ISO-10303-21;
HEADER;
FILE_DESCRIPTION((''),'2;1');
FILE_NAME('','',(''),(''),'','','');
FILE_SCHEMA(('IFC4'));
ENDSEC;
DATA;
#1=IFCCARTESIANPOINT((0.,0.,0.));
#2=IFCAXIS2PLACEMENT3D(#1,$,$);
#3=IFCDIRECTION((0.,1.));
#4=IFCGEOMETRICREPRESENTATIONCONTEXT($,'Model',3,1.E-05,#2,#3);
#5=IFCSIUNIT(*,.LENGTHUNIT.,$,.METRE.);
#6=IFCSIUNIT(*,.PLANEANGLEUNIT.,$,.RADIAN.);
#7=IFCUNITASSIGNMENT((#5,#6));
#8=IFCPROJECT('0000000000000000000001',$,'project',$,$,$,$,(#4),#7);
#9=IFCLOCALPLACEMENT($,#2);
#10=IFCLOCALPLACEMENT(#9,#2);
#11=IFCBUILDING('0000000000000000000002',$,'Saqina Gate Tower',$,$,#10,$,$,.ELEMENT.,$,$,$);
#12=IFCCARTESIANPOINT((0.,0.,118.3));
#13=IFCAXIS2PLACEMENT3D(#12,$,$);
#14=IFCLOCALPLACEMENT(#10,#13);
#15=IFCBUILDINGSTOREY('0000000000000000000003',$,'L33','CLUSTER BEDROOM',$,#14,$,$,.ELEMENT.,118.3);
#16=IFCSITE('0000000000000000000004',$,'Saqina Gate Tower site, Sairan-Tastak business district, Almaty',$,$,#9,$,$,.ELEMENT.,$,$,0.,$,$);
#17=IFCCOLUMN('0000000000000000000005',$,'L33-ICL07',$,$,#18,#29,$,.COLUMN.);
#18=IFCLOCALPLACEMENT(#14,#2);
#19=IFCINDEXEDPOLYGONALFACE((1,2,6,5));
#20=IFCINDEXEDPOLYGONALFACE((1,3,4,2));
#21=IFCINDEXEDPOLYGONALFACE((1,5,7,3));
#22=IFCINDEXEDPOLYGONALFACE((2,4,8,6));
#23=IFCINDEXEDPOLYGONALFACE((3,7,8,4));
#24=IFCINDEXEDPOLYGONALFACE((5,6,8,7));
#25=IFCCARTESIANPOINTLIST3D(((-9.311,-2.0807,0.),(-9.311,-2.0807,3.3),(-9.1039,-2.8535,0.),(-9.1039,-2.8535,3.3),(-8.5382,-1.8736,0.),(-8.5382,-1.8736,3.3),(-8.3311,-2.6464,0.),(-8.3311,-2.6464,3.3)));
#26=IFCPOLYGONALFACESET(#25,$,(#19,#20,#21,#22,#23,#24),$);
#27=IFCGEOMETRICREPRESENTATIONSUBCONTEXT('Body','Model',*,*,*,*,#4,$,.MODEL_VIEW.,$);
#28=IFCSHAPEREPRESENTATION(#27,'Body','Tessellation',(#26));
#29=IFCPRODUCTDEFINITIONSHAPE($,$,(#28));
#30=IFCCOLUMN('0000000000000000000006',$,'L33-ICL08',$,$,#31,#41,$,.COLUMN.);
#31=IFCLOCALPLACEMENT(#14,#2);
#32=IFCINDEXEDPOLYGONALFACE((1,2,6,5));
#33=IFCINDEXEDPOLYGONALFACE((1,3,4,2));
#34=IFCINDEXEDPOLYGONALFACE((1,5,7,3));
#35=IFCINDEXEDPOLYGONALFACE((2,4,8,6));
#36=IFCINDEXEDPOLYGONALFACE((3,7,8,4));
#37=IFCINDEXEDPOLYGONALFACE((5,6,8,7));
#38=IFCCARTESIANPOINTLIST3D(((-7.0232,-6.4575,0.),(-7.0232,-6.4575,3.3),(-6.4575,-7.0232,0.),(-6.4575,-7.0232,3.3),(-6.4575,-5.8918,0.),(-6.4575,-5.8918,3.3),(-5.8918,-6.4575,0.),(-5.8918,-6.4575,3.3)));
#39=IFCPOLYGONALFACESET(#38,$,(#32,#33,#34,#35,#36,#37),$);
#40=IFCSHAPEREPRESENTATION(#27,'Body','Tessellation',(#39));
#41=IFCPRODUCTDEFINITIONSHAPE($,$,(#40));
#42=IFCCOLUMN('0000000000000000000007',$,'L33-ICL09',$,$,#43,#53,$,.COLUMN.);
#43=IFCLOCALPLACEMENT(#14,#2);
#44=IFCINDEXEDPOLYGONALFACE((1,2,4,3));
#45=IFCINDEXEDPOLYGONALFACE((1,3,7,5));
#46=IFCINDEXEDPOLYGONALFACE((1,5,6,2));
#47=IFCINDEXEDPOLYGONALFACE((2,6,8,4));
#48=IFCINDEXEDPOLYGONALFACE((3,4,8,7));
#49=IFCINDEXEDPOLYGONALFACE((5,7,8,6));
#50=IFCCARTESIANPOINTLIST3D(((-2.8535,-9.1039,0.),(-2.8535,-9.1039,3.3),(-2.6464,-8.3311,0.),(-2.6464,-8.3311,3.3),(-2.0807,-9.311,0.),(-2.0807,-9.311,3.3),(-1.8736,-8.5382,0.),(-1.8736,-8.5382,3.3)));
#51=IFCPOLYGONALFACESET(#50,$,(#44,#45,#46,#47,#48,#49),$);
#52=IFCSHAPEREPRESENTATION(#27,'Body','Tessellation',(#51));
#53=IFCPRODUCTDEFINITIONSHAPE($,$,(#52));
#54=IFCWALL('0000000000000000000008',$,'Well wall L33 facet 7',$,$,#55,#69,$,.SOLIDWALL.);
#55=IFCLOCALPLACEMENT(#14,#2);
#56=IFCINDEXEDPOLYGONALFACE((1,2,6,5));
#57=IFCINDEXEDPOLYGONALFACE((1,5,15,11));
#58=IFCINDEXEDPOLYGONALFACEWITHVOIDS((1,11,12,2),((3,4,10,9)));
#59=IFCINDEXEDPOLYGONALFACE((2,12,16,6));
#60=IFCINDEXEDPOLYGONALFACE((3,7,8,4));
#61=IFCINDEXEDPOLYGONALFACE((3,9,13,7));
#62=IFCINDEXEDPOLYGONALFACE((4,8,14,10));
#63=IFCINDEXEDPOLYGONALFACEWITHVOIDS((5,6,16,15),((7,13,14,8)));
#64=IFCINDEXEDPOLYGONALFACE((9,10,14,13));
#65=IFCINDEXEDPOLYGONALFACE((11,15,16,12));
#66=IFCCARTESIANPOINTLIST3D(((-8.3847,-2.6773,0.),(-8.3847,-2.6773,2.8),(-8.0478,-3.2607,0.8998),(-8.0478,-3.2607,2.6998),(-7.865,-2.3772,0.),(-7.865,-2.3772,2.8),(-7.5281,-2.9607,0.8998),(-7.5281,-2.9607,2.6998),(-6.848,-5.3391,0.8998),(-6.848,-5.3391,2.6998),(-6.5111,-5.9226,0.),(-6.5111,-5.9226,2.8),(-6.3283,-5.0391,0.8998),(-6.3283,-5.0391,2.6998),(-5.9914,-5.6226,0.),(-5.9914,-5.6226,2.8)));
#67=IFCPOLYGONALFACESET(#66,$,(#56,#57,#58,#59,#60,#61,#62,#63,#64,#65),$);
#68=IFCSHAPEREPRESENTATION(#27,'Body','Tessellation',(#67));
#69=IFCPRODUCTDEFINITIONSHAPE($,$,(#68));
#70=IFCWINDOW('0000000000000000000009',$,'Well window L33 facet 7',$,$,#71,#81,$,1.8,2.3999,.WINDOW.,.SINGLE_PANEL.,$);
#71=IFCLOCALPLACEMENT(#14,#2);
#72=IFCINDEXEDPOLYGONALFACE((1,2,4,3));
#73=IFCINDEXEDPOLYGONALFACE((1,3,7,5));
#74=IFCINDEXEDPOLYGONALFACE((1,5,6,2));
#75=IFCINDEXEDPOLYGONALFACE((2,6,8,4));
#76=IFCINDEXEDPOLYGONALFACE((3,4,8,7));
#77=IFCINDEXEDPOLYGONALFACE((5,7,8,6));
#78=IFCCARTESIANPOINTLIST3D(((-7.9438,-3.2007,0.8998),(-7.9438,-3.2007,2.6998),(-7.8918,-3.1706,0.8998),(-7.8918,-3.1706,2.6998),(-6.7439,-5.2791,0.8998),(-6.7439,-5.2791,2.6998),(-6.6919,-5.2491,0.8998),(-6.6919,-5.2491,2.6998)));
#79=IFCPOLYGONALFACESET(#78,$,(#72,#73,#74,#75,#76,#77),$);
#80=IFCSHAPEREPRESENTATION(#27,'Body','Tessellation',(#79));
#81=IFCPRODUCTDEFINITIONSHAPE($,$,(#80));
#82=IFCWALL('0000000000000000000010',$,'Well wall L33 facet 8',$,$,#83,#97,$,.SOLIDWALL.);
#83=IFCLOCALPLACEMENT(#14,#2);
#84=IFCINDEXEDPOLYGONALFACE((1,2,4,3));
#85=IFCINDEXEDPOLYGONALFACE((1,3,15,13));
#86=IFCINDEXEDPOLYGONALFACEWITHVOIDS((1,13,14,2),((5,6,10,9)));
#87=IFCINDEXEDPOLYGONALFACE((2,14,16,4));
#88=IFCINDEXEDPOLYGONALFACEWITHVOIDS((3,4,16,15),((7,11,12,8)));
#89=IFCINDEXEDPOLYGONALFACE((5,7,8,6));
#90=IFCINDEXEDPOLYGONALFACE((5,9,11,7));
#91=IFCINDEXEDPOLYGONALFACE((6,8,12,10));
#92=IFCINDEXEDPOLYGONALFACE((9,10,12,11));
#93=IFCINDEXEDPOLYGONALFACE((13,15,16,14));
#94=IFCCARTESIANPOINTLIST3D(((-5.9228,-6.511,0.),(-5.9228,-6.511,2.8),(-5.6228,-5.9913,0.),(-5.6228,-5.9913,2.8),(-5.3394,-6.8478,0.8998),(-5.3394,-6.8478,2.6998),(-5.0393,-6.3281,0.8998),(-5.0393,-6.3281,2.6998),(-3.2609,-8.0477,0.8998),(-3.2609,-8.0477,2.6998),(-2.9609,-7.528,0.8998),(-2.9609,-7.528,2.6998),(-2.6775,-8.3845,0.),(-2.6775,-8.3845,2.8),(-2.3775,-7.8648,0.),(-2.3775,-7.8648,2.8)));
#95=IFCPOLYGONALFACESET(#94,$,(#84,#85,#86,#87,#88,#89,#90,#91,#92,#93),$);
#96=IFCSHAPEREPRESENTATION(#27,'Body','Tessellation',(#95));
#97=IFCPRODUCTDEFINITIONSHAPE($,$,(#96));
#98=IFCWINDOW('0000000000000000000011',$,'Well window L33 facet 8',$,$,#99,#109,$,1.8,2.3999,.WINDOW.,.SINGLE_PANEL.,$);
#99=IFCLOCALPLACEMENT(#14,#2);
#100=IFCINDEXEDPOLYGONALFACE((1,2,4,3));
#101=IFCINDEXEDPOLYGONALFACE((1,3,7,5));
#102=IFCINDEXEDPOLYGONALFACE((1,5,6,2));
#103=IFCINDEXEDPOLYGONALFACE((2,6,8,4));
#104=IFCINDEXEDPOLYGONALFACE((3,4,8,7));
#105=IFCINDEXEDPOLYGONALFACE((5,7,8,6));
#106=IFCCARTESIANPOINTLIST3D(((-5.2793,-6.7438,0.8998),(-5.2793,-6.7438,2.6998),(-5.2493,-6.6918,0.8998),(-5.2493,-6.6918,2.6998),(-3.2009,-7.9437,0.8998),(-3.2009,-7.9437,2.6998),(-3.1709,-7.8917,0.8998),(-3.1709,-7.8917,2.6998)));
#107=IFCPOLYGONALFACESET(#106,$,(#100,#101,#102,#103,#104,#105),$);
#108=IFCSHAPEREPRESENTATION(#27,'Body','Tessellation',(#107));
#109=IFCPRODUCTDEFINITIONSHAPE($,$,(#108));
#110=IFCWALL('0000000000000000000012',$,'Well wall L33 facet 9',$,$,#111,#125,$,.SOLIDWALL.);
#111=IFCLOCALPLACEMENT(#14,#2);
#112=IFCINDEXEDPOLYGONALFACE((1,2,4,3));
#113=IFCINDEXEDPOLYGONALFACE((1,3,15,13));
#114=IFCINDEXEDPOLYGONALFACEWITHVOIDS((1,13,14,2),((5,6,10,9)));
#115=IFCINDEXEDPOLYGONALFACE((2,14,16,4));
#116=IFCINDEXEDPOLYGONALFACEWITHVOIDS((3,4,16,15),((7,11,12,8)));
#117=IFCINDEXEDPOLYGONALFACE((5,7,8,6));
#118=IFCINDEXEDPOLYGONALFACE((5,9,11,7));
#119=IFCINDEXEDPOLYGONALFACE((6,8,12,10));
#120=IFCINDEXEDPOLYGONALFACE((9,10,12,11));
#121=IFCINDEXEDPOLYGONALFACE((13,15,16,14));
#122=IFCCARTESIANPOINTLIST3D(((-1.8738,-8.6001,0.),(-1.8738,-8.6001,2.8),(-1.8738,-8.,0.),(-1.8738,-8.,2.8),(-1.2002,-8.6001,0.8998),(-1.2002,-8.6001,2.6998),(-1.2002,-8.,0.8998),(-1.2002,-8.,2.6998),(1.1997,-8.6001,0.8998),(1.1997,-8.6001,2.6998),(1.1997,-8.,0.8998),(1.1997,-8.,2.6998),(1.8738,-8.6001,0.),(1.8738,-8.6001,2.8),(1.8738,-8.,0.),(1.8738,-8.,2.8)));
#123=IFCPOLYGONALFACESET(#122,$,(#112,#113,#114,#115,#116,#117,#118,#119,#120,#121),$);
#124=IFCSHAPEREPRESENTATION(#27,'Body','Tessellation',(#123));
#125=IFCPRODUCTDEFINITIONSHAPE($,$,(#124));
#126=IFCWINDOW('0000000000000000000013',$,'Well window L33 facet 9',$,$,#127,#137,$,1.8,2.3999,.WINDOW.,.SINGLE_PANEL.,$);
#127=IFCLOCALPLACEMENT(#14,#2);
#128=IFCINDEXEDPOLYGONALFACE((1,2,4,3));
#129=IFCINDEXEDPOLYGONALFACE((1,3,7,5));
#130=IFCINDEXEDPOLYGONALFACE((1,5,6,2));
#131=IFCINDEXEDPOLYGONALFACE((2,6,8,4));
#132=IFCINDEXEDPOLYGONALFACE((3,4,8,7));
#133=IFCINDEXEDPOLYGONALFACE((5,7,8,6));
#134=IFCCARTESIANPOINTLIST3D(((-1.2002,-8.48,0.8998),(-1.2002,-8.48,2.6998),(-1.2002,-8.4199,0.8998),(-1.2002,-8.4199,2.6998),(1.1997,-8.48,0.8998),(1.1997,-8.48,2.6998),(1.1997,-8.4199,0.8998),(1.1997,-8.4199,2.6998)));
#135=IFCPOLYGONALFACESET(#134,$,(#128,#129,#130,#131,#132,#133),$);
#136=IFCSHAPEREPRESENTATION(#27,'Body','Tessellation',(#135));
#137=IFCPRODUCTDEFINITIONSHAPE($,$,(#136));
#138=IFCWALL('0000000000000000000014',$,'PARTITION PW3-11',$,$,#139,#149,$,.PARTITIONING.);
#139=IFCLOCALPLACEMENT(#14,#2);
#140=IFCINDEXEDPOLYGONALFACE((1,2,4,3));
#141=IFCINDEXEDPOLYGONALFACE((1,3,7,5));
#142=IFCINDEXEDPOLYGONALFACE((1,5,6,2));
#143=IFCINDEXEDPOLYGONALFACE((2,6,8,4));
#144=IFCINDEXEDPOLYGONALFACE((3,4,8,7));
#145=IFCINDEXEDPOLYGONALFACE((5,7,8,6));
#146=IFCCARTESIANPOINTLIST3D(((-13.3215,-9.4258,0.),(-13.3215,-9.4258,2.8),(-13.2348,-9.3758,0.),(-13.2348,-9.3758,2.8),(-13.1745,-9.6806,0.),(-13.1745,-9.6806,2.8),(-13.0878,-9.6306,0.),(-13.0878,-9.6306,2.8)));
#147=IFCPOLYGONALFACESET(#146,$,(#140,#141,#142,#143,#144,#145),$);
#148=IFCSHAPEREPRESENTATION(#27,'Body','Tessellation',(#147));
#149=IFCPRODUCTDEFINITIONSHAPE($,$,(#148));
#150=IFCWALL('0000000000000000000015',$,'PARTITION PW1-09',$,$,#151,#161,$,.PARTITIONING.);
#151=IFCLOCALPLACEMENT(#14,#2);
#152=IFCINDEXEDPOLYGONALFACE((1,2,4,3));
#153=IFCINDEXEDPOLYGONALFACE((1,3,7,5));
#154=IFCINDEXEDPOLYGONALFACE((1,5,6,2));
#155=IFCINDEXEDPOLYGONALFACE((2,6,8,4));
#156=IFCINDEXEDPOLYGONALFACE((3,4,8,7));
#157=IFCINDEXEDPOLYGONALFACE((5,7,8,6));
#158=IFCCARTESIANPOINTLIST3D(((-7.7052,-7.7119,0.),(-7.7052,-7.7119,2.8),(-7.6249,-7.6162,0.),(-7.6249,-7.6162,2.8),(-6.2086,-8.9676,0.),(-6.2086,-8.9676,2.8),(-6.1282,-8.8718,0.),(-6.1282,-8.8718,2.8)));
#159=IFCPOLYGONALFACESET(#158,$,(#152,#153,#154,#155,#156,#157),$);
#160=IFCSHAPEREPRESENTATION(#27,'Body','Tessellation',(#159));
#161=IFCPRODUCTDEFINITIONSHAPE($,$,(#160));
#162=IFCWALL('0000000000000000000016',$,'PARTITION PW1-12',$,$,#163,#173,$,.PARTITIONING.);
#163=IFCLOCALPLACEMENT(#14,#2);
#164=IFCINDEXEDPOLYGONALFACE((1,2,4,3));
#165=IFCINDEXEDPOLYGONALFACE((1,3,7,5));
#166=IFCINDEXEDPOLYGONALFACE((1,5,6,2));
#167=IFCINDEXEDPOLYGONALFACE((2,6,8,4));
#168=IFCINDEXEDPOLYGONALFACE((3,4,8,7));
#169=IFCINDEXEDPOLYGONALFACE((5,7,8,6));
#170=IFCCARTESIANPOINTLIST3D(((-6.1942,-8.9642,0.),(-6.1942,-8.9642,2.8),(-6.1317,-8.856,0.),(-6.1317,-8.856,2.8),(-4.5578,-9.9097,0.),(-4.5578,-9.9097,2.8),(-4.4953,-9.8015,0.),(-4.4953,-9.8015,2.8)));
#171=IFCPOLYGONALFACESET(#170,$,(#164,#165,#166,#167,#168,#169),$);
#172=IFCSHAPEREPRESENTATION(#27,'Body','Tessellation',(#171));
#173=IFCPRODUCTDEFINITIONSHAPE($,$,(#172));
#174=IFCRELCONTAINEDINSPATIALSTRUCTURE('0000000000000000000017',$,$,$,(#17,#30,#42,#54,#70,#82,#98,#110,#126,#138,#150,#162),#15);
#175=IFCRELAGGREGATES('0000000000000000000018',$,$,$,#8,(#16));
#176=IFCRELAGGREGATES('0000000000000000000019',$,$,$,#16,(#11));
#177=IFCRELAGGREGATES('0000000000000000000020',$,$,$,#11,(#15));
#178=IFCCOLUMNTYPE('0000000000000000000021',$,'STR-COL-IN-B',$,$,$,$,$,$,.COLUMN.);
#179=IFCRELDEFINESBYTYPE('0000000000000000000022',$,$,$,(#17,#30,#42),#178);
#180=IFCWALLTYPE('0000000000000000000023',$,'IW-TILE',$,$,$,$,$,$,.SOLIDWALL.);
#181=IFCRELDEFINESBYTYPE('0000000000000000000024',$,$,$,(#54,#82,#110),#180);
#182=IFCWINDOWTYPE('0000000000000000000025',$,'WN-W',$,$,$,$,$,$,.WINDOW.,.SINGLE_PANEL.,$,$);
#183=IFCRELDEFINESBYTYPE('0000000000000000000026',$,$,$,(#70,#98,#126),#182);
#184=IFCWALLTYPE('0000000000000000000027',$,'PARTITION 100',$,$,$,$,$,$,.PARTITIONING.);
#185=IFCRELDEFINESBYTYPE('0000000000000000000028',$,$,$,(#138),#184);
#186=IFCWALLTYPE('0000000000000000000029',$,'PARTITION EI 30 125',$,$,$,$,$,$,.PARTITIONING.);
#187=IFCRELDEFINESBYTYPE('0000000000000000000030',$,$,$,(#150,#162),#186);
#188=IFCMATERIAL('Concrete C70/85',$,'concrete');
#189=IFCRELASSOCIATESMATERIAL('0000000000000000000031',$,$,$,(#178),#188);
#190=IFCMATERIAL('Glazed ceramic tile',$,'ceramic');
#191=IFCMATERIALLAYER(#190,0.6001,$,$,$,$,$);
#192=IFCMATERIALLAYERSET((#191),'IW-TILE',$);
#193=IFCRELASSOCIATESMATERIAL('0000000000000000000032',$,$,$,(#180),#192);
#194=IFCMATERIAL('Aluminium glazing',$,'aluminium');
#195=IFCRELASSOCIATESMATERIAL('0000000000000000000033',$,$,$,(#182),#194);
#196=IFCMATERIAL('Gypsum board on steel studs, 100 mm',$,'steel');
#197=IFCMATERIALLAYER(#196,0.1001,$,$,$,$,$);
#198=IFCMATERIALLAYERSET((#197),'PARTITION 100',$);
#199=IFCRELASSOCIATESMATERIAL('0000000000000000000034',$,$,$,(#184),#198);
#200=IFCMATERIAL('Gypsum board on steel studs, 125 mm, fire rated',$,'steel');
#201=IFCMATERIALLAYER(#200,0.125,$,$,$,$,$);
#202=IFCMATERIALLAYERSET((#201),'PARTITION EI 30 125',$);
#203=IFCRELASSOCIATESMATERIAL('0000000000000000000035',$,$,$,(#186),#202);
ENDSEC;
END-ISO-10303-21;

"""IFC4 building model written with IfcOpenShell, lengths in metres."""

from ifc_helpers import new_model, si_unit, direction, frame, frame_2d, origin, origin_2d, place, context, subcontext, project, spatial, rectangle, extrude, material, layer, layer_set, material_profile, profile_set, type_object, element, fill, save


model = new_model("IFC4")

# Units and contexts
model_context = context("Model", 3, precision=1e-05, world=origin(), true_north=direction((0.0, 1.0)))
body_context = subcontext(model_context, "Body", "Model", "MODEL_VIEW")
ifc_project = project(units=[si_unit("LENGTHUNIT", "METRE"), si_unit("PLANEANGLEUNIT", "RADIAN")], contexts=[model_context])

# Site, building, storey
site_placement = place(None, origin())
site = spatial("IfcSite", under=ifc_project, at=site_placement, Name="Saqina Gate Tower site, Sairan-Tastak business district, Almaty", CompositionType="ELEMENT", RefElevation=0.0)
building_placement = place(site_placement, origin())
building = spatial("IfcBuilding", under=site, at=building_placement, Name="Saqina Gate Tower", CompositionType="ELEMENT")
storey_placement = place(building_placement, frame((0.0, 0.0, 118.3)))
storey = spatial("IfcBuildingStorey", under=building, at=storey_placement, Name="L33", Description="CLUSTER BEDROOM", CompositionType="ELEMENT", Elevation=118.3)

# Columns
ifc_material_1 = material(Name="Concrete C70/85", Category="concrete")
ifc_material_profile = material_profile(ifc_material_1, rectangle(XDim=0.8, YDim=0.8, at=origin_2d()), Name="RC 800x800")
ifc_profile_set = profile_set([ifc_material_profile], Name="Concrete C70/85")
column_type = type_object("IfcColumnType", Name="STR-COL-IN-B", PredefinedType="COLUMN", material=ifc_profile_set)
for number, where, z_axis, x_axis, name in (
    (1, (-8.821, -2.3635, 0.0), (0.0, 0.0, 1.0), (-0.965926, -0.258819, 0.0), "L33-ICL07"),
    (2, (-6.4575, -6.4575, 0.0), (0.0, 0.0, 1.0), (-0.707107, -0.707107, 0.0), "L33-ICL08"),
    (3, (-2.3635, -8.821, 0.0), (0.0, 0.0, 1.0), (-0.258819, -0.965926, 0.0), "L33-ICL09"),
):
    element("IfcColumn", number, at=place(storey_placement, frame(where, z_axis=z_axis, x_axis=x_axis)), inside=storey, type_object=column_type, Name=name, PredefinedType="COLUMN", context=body_context, shape_type="SweptSolid", body=[
        extrude(rectangle(XDim=0.8, YDim=0.8, at=origin_2d()), origin(), (0.0, 0.0, 1.0), 3.3),
    ])

# Walls, openings, windows
ifc_material_2 = material(Name="Glazed ceramic tile", Category="ceramic")
ifc_layer_1 = layer(ifc_material_2, 0.6001)
ifc_layer_set_1 = layer_set([ifc_layer_1], Name="IW-TILE")
wall_type_1 = type_object("IfcWallType", Name="IW-TILE", PredefinedType="SOLIDWALL", material=ifc_layer_set_1)
wall_1_placement = place(storey_placement, frame((-8.1248, -2.5273, 0.0), z_axis=(0.0, 0.0, 1.0), x_axis=(0.499965, -0.866046, 0.0)))
wall_1 = element("IfcWall", 4, at=wall_1_placement, inside=storey, type_object=wall_type_1, Name="Well wall L33 facet 7", PredefinedType="SOLIDWALL", context=body_context, shape_type="SweptSolid", body=[
    extrude(rectangle(XDim=3.7473, YDim=0.6001, at=frame_2d((1.8735, 0.0))), origin(), (0.0, 0.0, 1.0), 2.8),
])
opening_1_placement = place(wall_1_placement, frame((0.6736, 0.0, 0.8999)))
opening_1 = element("IfcOpeningElement", 5, at=opening_1_placement, cuts=wall_1, PredefinedType="OPENING", context=body_context, shape_type="SweptSolid", body=[
    extrude(rectangle(XDim=2.3999, YDim=1.8, at=frame_2d((1.2, 0.8999))), frame((0.0, 0.312, 0.0), z_axis=(0.0, -1.0, 0.0), x_axis=(1.0, 0.0, 0.0)), (0.0, 0.0, 1.0), 0.624),
])
ifc_material_3 = material(Name="Aluminium glazing", Category="aluminium")
window_type = type_object("IfcWindowType", Name="WN-W", PartitioningType="SINGLE_PANEL", PredefinedType="WINDOW", material=ifc_material_3)
window_1_placement = place(opening_1_placement, origin())
window_1 = element("IfcWindow", 6, at=window_1_placement, inside=storey, type_object=window_type, Name="Well window L33 facet 7", OverallHeight=1.8, OverallWidth=2.3999, PartitioningType="SINGLE_PANEL", PredefinedType="WINDOW", context=body_context, shape_type="SweptSolid", body=[
    extrude(rectangle(XDim=2.3999, YDim=1.8, at=frame_2d((1.2, 0.8999))), frame((0.0, -0.1199, 0.0), z_axis=(0.0, -1.0, 0.0), x_axis=(1.0, 0.0, 0.0)), (0.0, 0.0, 1.0), 0.0601),
])
fill(opening_1, window_1)
wall_2_placement = place(storey_placement, frame((-5.7727, -6.2512, 0.0), z_axis=(0.0, 0.0, 1.0), x_axis=(0.866046, -0.499965, 0.0)))
wall_2 = element("IfcWall", 7, at=wall_2_placement, inside=storey, type_object=wall_type_1, Name="Well wall L33 facet 8", PredefinedType="SOLIDWALL", context=body_context, shape_type="SweptSolid", body=[
    extrude(rectangle(XDim=3.7473, YDim=0.6001, at=frame_2d((1.8735, 0.0))), origin(), (0.0, 0.0, 1.0), 2.8),
])
opening_2_placement = place(wall_2_placement, frame((0.6736, 0.0, 0.8999)))
opening_2 = element("IfcOpeningElement", 8, at=opening_2_placement, cuts=wall_2, PredefinedType="OPENING", context=body_context, shape_type="SweptSolid", body=[
    extrude(rectangle(XDim=2.3999, YDim=1.8, at=frame_2d((1.2, 0.8999))), frame((0.0, 0.312, 0.0), z_axis=(0.0, -1.0, 0.0), x_axis=(1.0, 0.0, 0.0)), (0.0, 0.0, 1.0), 0.624),
])
window_2_placement = place(opening_2_placement, origin())
window_2 = element("IfcWindow", 9, at=window_2_placement, inside=storey, type_object=window_type, Name="Well window L33 facet 8", OverallHeight=1.8, OverallWidth=2.3999, PartitioningType="SINGLE_PANEL", PredefinedType="WINDOW", context=body_context, shape_type="SweptSolid", body=[
    extrude(rectangle(XDim=2.3999, YDim=1.8, at=frame_2d((1.2, 0.8999))), frame((0.0, -0.1199, 0.0), z_axis=(0.0, -1.0, 0.0), x_axis=(1.0, 0.0, 0.0)), (0.0, 0.0, 1.0), 0.0601),
])
fill(opening_2, window_2)
wall_3_placement = place(storey_placement, frame((-1.8738, -8.3, 0.0), z_axis=(0.0, 0.0, 1.0), x_axis=(1.0, 0.0, 0.0)))
wall_3 = element("IfcWall", 10, at=wall_3_placement, inside=storey, type_object=wall_type_1, Name="Well wall L33 facet 9", PredefinedType="SOLIDWALL", context=body_context, shape_type="SweptSolid", body=[
    extrude(rectangle(XDim=3.7476, YDim=0.6001, at=frame_2d((1.8738, 0.0))), origin(), (0.0, 0.0, 1.0), 2.8),
])
opening_3_placement = place(wall_3_placement, frame((0.6736, 0.0, 0.8999)))
opening_3 = element("IfcOpeningElement", 11, at=opening_3_placement, cuts=wall_3, PredefinedType="OPENING", context=body_context, shape_type="SweptSolid", body=[
    extrude(rectangle(XDim=2.3999, YDim=1.8, at=frame_2d((1.2, 0.8999))), frame((0.0, 0.312, 0.0), z_axis=(0.0, -1.0, 0.0), x_axis=(1.0, 0.0, 0.0)), (0.0, 0.0, 1.0), 0.624),
])
window_3_placement = place(opening_3_placement, origin())
window_3 = element("IfcWindow", 12, at=window_3_placement, inside=storey, type_object=window_type, Name="Well window L33 facet 9", OverallHeight=1.8, OverallWidth=2.3999, PartitioningType="SINGLE_PANEL", PredefinedType="WINDOW", context=body_context, shape_type="SweptSolid", body=[
    extrude(rectangle(XDim=2.3999, YDim=1.8, at=frame_2d((1.2, 0.8999))), frame((0.0, -0.1199, 0.0), z_axis=(0.0, -1.0, 0.0), x_axis=(1.0, 0.0, 0.0)), (0.0, 0.0, 1.0), 0.0601),
])
fill(opening_3, window_3)

# Walls
ifc_material_4 = material(Name="Gypsum board on steel studs, 100 mm", Category="steel")
ifc_layer_2 = layer(ifc_material_4, 0.1001)
ifc_layer_set_2 = layer_set([ifc_layer_2], Name="PARTITION 100")
wall_type_2 = type_object("IfcWallType", Name="PARTITION 100", PredefinedType="PARTITIONING", material=ifc_layer_set_2)
wall_4_placement = place(storey_placement, frame((-13.2781, -9.4009, 0.0), z_axis=(0.0, 0.0, 1.0), x_axis=(0.499531, -0.866296, 0.0)))
element("IfcWall", 13, at=wall_4_placement, inside=storey, type_object=wall_type_2, Name="PARTITION PW3-11", PredefinedType="PARTITIONING", context=body_context, shape_type="SweptSolid", body=[
    extrude(rectangle(XDim=0.2942, YDim=0.1001, at=frame_2d((0.147, 0.0))), origin(), (0.0, 0.0, 1.0), 2.8),
])
ifc_material_5 = material(Name="Gypsum board on steel studs, 125 mm, fire rated", Category="steel")
ifc_layer_3 = layer(ifc_material_5, 0.125)
ifc_layer_set_3 = layer_set([ifc_layer_3], Name="PARTITION EI 30 125")
wall_type_3 = type_object("IfcWallType", Name="PARTITION EI 30 125", PredefinedType="PARTITIONING", material=ifc_layer_set_3)
wall_5_placement = place(storey_placement, frame((-7.665, -7.6641, 0.0), z_axis=(0.0, 0.0, 1.0), x_axis=(0.766086, -0.642738, 0.0)))
element("IfcWall", 14, at=wall_5_placement, inside=storey, type_object=wall_type_3, Name="PARTITION PW1-09", PredefinedType="PARTITIONING", context=body_context, shape_type="SweptSolid", body=[
    extrude(rectangle(XDim=1.9536, YDim=0.125, at=frame_2d((0.9768, 0.0))), origin(), (0.0, 0.0, 1.0), 2.8),
])
wall_6_placement = place(storey_placement, frame((-6.1628, -8.9102, 0.0), z_axis=(0.0, 0.0, 1.0), x_axis=(0.865856, -0.500293, 0.0)))
element("IfcWall", 15, at=wall_6_placement, inside=storey, type_object=wall_type_3, Name="PARTITION PW1-12", PredefinedType="PARTITIONING", context=body_context, shape_type="SweptSolid", body=[
    extrude(rectangle(XDim=1.8899, YDim=0.125, at=frame_2d((0.9448, 0.0))), origin(), (0.0, 0.0, 1.0), 2.8),
])

save(model, "model.ifc")
